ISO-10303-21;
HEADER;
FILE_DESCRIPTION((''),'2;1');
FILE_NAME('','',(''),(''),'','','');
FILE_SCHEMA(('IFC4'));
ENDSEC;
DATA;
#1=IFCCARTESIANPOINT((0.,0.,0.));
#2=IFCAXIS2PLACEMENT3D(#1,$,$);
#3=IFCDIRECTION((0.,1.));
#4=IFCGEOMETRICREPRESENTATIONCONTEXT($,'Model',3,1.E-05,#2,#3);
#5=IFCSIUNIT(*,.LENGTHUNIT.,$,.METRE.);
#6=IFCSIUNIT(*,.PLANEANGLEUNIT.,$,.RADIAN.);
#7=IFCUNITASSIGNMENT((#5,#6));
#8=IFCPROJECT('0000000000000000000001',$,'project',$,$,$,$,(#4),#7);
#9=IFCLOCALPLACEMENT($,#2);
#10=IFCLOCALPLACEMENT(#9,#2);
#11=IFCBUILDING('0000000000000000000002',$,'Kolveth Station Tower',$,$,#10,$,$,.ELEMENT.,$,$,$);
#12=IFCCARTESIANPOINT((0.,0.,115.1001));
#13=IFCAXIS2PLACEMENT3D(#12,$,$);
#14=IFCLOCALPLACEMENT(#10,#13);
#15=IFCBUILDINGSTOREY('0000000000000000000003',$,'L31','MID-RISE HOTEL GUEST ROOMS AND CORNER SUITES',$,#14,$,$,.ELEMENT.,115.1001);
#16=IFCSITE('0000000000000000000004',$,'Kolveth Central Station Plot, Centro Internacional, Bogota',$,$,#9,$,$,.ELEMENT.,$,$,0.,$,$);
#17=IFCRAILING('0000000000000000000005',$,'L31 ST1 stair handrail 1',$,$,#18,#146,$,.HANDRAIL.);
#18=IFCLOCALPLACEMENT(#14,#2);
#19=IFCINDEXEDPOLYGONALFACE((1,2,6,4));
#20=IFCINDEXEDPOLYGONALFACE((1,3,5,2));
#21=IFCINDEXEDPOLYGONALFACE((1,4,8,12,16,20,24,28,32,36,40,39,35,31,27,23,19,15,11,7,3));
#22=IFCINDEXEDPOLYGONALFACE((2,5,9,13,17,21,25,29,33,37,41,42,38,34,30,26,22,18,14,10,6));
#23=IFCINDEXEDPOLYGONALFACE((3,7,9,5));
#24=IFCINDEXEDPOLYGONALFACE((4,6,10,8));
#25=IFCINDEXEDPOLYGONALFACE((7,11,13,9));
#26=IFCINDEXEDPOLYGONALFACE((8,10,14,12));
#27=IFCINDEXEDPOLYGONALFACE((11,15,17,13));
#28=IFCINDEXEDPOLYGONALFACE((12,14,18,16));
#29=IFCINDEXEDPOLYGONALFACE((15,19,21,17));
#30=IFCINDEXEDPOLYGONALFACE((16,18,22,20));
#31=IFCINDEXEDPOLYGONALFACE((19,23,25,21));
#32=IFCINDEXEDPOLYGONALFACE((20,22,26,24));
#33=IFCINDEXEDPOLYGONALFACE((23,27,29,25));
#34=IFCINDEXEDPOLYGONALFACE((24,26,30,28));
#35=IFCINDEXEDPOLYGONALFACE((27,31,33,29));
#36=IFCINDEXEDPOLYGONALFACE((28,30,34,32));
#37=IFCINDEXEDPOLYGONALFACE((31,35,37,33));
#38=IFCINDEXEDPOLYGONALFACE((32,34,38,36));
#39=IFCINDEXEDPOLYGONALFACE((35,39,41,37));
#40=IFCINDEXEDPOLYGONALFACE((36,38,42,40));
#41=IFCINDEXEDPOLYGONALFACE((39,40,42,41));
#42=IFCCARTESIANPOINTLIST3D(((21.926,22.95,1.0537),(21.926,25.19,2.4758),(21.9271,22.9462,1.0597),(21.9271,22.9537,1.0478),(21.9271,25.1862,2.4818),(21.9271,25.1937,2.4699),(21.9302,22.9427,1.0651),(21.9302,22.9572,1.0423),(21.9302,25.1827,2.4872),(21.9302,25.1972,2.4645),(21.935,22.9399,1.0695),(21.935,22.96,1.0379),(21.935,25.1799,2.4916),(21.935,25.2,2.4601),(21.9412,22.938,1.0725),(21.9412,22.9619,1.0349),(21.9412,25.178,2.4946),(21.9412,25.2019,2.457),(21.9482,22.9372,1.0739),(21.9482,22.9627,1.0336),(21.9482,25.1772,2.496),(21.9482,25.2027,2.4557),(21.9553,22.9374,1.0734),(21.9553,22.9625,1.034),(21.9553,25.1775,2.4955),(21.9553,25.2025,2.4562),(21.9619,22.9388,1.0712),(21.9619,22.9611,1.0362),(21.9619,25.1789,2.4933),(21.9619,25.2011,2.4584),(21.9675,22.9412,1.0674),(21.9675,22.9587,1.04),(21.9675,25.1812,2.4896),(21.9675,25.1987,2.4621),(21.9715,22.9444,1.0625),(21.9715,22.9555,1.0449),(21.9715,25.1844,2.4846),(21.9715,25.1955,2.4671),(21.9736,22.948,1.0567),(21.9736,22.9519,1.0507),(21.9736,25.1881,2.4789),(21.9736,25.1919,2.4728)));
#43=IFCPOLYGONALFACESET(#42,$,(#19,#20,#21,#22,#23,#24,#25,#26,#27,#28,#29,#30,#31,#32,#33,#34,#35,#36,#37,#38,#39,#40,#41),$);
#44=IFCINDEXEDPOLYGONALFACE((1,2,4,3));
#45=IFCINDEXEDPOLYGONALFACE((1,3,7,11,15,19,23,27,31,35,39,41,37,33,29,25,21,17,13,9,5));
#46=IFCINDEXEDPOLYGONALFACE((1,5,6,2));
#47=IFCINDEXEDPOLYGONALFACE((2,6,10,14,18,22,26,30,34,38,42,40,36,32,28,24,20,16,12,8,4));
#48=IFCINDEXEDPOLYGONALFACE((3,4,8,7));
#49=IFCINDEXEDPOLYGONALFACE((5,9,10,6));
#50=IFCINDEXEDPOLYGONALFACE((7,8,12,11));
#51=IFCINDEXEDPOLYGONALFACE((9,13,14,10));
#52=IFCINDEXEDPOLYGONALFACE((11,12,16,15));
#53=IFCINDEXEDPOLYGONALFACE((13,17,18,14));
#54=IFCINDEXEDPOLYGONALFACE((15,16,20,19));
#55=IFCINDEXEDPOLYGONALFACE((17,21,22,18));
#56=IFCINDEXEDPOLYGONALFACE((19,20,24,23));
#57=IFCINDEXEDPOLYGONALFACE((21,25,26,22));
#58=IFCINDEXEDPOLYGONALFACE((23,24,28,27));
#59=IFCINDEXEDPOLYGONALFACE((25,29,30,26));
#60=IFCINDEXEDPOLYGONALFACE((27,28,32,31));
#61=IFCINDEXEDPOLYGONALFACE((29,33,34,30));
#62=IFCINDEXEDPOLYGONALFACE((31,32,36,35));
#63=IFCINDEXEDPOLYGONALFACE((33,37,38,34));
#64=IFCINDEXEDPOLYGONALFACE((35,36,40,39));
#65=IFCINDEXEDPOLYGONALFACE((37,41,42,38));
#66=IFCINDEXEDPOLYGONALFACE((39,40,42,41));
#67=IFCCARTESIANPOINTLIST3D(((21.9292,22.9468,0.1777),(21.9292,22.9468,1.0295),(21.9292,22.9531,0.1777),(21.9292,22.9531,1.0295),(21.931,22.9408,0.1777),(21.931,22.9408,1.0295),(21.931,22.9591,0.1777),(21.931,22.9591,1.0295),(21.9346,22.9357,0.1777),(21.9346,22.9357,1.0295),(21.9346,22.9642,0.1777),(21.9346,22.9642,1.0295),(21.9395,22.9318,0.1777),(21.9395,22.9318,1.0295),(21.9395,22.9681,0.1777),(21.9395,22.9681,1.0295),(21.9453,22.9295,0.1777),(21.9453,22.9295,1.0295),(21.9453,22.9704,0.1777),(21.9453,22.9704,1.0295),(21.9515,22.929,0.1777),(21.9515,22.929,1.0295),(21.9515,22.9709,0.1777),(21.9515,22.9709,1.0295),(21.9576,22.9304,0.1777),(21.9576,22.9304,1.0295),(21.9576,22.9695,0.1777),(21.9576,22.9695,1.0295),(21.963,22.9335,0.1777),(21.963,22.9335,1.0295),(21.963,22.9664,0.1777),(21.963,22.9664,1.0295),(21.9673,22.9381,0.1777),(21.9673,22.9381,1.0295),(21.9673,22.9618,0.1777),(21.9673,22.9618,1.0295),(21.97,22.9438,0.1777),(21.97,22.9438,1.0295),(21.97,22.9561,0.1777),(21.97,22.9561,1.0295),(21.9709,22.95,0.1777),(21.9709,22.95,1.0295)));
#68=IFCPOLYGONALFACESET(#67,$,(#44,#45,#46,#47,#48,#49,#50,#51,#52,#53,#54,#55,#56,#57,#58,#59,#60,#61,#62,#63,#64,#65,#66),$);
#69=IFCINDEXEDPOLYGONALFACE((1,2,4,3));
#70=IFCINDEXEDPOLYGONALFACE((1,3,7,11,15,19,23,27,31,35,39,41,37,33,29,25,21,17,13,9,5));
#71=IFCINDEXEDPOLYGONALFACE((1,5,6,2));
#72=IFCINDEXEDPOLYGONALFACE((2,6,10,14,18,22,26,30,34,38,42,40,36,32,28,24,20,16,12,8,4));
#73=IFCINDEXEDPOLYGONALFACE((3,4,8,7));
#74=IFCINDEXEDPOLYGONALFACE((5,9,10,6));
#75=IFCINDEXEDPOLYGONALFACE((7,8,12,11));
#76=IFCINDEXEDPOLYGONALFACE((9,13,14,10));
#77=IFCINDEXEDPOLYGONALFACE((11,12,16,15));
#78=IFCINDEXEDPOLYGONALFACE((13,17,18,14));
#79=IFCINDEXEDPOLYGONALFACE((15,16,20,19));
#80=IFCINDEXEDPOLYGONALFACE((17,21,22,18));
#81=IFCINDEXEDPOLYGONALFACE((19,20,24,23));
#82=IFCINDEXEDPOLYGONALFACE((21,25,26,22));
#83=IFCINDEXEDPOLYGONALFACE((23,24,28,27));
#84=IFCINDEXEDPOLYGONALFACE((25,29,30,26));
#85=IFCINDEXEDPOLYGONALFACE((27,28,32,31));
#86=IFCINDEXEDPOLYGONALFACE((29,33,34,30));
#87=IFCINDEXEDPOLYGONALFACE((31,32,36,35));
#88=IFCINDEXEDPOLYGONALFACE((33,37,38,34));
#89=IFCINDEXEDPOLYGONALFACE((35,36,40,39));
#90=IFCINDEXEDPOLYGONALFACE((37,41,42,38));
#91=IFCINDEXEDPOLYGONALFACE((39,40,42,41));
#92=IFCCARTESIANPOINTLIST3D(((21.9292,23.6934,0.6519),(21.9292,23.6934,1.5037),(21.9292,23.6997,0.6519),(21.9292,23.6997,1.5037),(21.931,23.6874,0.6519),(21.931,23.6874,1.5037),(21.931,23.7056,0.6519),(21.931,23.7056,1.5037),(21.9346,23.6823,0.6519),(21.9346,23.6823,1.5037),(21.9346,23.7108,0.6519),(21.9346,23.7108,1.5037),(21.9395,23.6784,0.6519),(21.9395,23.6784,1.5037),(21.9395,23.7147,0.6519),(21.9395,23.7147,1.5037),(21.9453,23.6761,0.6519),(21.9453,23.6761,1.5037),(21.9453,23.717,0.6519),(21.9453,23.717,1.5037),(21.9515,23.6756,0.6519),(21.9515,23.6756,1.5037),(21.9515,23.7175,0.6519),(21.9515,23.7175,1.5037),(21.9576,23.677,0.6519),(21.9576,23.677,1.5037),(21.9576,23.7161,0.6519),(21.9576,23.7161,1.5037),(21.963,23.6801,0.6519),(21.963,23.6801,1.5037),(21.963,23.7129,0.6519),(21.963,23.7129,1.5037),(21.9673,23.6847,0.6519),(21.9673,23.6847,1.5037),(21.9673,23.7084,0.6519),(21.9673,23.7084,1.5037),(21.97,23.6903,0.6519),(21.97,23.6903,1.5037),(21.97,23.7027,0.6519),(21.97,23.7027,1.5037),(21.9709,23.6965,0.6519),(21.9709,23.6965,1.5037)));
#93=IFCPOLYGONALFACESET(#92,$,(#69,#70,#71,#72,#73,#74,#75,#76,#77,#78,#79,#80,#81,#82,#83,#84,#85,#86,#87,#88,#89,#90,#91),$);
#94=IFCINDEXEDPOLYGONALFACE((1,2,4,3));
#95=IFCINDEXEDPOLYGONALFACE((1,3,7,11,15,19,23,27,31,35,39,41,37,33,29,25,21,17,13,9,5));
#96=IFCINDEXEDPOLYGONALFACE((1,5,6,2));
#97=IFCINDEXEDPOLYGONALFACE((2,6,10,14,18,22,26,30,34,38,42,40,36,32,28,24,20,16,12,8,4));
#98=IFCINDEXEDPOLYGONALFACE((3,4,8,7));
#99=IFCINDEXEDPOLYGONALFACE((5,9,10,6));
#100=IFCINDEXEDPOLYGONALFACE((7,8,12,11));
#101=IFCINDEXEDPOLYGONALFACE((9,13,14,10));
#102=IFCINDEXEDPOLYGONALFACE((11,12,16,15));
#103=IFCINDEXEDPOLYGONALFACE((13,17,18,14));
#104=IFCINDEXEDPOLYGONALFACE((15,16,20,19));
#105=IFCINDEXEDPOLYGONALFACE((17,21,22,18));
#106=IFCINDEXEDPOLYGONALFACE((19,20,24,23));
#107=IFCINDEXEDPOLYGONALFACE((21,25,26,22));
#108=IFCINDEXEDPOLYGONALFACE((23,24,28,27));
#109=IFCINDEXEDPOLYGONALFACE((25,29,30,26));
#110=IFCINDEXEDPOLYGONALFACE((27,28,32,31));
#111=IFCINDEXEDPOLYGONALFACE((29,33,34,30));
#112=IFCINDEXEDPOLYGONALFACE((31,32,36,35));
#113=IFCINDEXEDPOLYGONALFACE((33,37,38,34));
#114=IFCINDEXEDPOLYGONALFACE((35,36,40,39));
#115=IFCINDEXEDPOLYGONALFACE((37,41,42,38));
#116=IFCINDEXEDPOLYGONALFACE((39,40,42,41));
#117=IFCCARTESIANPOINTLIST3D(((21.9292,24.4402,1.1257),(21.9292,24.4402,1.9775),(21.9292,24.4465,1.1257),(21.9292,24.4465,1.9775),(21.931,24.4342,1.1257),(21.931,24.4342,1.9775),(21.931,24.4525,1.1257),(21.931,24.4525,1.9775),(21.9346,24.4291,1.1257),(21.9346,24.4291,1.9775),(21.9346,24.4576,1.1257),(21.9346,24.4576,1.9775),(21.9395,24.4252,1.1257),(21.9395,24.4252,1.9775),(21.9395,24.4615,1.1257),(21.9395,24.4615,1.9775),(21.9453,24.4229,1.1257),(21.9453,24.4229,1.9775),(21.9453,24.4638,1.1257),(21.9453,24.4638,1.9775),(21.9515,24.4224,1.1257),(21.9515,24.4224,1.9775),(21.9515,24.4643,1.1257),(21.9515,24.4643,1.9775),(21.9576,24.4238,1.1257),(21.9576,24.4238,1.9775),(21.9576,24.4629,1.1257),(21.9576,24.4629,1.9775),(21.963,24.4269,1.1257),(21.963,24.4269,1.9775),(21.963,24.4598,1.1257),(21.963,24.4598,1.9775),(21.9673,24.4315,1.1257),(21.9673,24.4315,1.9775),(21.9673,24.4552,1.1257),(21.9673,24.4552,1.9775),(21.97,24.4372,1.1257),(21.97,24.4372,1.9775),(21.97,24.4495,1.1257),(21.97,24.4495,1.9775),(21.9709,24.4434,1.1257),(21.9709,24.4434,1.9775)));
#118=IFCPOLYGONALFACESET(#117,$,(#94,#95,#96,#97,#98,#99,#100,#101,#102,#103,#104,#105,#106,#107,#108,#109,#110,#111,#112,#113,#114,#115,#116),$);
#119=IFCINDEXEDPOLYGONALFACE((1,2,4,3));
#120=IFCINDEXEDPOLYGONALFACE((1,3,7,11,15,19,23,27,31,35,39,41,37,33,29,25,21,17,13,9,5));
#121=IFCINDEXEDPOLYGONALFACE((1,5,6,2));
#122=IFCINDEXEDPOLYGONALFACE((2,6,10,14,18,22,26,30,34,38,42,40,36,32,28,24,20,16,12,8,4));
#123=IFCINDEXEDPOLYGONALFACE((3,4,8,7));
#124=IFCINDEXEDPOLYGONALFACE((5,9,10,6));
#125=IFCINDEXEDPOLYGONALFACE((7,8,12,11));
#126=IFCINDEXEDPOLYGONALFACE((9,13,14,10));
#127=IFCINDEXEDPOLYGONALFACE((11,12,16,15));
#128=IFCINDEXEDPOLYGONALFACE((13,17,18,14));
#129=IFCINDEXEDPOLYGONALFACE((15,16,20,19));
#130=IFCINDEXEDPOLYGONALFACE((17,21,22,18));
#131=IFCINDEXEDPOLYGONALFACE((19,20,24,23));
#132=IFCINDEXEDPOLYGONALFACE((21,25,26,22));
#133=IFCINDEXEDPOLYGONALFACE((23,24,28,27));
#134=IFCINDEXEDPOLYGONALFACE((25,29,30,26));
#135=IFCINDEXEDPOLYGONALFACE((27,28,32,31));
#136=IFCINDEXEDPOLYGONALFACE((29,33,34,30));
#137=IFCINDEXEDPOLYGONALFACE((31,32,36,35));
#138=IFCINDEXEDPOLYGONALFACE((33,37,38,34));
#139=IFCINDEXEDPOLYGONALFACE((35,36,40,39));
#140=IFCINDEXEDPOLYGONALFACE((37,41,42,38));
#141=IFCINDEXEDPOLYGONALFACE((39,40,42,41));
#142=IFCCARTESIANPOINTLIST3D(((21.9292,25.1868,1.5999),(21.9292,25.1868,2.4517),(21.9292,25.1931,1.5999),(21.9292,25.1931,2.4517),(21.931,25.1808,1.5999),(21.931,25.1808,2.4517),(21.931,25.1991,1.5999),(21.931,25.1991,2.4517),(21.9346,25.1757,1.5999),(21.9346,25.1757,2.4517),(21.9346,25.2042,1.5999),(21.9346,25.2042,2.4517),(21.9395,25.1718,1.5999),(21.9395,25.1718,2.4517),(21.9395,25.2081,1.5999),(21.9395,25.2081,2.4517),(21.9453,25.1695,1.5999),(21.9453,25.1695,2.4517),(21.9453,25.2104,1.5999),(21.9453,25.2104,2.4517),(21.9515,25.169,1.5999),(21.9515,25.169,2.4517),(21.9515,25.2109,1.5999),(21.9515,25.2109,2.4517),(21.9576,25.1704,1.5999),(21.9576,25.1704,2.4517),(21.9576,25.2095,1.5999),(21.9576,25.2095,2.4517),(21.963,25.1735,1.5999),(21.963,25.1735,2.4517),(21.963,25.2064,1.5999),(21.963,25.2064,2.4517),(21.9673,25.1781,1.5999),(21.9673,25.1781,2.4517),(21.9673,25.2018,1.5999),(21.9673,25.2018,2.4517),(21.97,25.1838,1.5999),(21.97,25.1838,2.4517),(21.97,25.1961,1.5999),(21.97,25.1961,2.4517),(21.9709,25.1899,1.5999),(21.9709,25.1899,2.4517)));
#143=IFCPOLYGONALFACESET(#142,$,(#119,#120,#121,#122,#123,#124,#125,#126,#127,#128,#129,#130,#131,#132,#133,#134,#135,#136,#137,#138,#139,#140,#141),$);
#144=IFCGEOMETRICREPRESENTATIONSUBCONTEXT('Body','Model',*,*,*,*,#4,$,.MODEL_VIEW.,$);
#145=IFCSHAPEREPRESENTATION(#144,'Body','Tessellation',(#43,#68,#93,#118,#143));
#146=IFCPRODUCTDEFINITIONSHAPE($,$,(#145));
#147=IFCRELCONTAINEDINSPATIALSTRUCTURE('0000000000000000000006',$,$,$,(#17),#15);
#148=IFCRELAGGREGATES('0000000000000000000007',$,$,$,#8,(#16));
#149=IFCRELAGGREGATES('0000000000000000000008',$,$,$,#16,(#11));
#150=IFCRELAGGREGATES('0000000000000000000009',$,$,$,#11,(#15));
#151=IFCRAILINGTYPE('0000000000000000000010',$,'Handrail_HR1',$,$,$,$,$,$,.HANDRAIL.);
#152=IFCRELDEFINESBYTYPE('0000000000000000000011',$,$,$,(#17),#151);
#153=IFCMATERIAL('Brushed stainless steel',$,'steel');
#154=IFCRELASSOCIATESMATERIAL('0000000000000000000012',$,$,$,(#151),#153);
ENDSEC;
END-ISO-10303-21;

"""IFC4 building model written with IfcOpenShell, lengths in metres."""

from ifc_helpers import new_model, si_unit, direction, frame, origin, origin_2d, place, context, subcontext, project, spatial, circle, extrude, material, type_object, element, save


model = new_model("IFC4")

# Units and contexts
model_context = context("Model", 3, precision=1e-05, world=origin(), true_north=direction((0.0, 1.0)))
body_context = subcontext(model_context, "Body", "Model", "MODEL_VIEW")
ifc_project = project(units=[si_unit("LENGTHUNIT", "METRE"), si_unit("PLANEANGLEUNIT", "RADIAN")], contexts=[model_context])

# Site, building, storey
site_placement = place(None, origin())
site = spatial("IfcSite", under=ifc_project, at=site_placement, Name="Kolveth Central Station Plot, Centro Internacional, Bogota", CompositionType="ELEMENT", RefElevation=0.0)
building_placement = place(site_placement, origin())
building = spatial("IfcBuilding", under=site, at=building_placement, Name="Kolveth Station Tower", CompositionType="ELEMENT")
storey_placement = place(building_placement, frame((0.0, 0.0, 115.1001)))
storey = spatial("IfcBuildingStorey", under=building, at=storey_placement, Name="L31", Description="MID-RISE HOTEL GUEST ROOMS AND CORNER SUITES", CompositionType="ELEMENT", Elevation=115.1001)

# Railing
ifc_material_1 = material(Name="Brushed stainless steel", Category="steel")
railing_type_1 = type_object("IfcRailingType", Name="Handrail_HR1", PredefinedType="HANDRAIL", material=ifc_material_1)
railing_1_placement = place(storey_placement, frame((21.95, 22.95, 0.1777)))
element("IfcRailing", 1, at=railing_1_placement, inside=storey, type_object=railing_type_1, Name="L31 ST1 stair handrail 1", PredefinedType="HANDRAIL", context=body_context, shape_type="SweptSolid", body=[
    extrude(circle(Radius=0.0239, at=origin_2d()), frame((0.0, 0.0, 0.876), z_axis=(0.0, 0.844229, 0.535982), x_axis=(-1.0, 0.0, 0.0)), (0.0, 0.0, 1.0), 2.6533),
    extrude(circle(Radius=0.021, at=origin_2d()), origin(), (0.0, 0.0, 1.0), 0.8518),
    extrude(circle(Radius=0.021, at=origin_2d()), frame((0.0, 0.7466, 0.4741)), (0.0, 0.0, 1.0), 0.8518),
    extrude(circle(Radius=0.021, at=origin_2d()), frame((0.0, 1.4934, 0.948)), (0.0, 0.0, 1.0), 0.8518),
    extrude(circle(Radius=0.021, at=origin_2d()), frame((0.0, 2.24, 1.4221)), (0.0, 0.0, 1.0), 0.8518),
])

save(model, "model.ifc")
